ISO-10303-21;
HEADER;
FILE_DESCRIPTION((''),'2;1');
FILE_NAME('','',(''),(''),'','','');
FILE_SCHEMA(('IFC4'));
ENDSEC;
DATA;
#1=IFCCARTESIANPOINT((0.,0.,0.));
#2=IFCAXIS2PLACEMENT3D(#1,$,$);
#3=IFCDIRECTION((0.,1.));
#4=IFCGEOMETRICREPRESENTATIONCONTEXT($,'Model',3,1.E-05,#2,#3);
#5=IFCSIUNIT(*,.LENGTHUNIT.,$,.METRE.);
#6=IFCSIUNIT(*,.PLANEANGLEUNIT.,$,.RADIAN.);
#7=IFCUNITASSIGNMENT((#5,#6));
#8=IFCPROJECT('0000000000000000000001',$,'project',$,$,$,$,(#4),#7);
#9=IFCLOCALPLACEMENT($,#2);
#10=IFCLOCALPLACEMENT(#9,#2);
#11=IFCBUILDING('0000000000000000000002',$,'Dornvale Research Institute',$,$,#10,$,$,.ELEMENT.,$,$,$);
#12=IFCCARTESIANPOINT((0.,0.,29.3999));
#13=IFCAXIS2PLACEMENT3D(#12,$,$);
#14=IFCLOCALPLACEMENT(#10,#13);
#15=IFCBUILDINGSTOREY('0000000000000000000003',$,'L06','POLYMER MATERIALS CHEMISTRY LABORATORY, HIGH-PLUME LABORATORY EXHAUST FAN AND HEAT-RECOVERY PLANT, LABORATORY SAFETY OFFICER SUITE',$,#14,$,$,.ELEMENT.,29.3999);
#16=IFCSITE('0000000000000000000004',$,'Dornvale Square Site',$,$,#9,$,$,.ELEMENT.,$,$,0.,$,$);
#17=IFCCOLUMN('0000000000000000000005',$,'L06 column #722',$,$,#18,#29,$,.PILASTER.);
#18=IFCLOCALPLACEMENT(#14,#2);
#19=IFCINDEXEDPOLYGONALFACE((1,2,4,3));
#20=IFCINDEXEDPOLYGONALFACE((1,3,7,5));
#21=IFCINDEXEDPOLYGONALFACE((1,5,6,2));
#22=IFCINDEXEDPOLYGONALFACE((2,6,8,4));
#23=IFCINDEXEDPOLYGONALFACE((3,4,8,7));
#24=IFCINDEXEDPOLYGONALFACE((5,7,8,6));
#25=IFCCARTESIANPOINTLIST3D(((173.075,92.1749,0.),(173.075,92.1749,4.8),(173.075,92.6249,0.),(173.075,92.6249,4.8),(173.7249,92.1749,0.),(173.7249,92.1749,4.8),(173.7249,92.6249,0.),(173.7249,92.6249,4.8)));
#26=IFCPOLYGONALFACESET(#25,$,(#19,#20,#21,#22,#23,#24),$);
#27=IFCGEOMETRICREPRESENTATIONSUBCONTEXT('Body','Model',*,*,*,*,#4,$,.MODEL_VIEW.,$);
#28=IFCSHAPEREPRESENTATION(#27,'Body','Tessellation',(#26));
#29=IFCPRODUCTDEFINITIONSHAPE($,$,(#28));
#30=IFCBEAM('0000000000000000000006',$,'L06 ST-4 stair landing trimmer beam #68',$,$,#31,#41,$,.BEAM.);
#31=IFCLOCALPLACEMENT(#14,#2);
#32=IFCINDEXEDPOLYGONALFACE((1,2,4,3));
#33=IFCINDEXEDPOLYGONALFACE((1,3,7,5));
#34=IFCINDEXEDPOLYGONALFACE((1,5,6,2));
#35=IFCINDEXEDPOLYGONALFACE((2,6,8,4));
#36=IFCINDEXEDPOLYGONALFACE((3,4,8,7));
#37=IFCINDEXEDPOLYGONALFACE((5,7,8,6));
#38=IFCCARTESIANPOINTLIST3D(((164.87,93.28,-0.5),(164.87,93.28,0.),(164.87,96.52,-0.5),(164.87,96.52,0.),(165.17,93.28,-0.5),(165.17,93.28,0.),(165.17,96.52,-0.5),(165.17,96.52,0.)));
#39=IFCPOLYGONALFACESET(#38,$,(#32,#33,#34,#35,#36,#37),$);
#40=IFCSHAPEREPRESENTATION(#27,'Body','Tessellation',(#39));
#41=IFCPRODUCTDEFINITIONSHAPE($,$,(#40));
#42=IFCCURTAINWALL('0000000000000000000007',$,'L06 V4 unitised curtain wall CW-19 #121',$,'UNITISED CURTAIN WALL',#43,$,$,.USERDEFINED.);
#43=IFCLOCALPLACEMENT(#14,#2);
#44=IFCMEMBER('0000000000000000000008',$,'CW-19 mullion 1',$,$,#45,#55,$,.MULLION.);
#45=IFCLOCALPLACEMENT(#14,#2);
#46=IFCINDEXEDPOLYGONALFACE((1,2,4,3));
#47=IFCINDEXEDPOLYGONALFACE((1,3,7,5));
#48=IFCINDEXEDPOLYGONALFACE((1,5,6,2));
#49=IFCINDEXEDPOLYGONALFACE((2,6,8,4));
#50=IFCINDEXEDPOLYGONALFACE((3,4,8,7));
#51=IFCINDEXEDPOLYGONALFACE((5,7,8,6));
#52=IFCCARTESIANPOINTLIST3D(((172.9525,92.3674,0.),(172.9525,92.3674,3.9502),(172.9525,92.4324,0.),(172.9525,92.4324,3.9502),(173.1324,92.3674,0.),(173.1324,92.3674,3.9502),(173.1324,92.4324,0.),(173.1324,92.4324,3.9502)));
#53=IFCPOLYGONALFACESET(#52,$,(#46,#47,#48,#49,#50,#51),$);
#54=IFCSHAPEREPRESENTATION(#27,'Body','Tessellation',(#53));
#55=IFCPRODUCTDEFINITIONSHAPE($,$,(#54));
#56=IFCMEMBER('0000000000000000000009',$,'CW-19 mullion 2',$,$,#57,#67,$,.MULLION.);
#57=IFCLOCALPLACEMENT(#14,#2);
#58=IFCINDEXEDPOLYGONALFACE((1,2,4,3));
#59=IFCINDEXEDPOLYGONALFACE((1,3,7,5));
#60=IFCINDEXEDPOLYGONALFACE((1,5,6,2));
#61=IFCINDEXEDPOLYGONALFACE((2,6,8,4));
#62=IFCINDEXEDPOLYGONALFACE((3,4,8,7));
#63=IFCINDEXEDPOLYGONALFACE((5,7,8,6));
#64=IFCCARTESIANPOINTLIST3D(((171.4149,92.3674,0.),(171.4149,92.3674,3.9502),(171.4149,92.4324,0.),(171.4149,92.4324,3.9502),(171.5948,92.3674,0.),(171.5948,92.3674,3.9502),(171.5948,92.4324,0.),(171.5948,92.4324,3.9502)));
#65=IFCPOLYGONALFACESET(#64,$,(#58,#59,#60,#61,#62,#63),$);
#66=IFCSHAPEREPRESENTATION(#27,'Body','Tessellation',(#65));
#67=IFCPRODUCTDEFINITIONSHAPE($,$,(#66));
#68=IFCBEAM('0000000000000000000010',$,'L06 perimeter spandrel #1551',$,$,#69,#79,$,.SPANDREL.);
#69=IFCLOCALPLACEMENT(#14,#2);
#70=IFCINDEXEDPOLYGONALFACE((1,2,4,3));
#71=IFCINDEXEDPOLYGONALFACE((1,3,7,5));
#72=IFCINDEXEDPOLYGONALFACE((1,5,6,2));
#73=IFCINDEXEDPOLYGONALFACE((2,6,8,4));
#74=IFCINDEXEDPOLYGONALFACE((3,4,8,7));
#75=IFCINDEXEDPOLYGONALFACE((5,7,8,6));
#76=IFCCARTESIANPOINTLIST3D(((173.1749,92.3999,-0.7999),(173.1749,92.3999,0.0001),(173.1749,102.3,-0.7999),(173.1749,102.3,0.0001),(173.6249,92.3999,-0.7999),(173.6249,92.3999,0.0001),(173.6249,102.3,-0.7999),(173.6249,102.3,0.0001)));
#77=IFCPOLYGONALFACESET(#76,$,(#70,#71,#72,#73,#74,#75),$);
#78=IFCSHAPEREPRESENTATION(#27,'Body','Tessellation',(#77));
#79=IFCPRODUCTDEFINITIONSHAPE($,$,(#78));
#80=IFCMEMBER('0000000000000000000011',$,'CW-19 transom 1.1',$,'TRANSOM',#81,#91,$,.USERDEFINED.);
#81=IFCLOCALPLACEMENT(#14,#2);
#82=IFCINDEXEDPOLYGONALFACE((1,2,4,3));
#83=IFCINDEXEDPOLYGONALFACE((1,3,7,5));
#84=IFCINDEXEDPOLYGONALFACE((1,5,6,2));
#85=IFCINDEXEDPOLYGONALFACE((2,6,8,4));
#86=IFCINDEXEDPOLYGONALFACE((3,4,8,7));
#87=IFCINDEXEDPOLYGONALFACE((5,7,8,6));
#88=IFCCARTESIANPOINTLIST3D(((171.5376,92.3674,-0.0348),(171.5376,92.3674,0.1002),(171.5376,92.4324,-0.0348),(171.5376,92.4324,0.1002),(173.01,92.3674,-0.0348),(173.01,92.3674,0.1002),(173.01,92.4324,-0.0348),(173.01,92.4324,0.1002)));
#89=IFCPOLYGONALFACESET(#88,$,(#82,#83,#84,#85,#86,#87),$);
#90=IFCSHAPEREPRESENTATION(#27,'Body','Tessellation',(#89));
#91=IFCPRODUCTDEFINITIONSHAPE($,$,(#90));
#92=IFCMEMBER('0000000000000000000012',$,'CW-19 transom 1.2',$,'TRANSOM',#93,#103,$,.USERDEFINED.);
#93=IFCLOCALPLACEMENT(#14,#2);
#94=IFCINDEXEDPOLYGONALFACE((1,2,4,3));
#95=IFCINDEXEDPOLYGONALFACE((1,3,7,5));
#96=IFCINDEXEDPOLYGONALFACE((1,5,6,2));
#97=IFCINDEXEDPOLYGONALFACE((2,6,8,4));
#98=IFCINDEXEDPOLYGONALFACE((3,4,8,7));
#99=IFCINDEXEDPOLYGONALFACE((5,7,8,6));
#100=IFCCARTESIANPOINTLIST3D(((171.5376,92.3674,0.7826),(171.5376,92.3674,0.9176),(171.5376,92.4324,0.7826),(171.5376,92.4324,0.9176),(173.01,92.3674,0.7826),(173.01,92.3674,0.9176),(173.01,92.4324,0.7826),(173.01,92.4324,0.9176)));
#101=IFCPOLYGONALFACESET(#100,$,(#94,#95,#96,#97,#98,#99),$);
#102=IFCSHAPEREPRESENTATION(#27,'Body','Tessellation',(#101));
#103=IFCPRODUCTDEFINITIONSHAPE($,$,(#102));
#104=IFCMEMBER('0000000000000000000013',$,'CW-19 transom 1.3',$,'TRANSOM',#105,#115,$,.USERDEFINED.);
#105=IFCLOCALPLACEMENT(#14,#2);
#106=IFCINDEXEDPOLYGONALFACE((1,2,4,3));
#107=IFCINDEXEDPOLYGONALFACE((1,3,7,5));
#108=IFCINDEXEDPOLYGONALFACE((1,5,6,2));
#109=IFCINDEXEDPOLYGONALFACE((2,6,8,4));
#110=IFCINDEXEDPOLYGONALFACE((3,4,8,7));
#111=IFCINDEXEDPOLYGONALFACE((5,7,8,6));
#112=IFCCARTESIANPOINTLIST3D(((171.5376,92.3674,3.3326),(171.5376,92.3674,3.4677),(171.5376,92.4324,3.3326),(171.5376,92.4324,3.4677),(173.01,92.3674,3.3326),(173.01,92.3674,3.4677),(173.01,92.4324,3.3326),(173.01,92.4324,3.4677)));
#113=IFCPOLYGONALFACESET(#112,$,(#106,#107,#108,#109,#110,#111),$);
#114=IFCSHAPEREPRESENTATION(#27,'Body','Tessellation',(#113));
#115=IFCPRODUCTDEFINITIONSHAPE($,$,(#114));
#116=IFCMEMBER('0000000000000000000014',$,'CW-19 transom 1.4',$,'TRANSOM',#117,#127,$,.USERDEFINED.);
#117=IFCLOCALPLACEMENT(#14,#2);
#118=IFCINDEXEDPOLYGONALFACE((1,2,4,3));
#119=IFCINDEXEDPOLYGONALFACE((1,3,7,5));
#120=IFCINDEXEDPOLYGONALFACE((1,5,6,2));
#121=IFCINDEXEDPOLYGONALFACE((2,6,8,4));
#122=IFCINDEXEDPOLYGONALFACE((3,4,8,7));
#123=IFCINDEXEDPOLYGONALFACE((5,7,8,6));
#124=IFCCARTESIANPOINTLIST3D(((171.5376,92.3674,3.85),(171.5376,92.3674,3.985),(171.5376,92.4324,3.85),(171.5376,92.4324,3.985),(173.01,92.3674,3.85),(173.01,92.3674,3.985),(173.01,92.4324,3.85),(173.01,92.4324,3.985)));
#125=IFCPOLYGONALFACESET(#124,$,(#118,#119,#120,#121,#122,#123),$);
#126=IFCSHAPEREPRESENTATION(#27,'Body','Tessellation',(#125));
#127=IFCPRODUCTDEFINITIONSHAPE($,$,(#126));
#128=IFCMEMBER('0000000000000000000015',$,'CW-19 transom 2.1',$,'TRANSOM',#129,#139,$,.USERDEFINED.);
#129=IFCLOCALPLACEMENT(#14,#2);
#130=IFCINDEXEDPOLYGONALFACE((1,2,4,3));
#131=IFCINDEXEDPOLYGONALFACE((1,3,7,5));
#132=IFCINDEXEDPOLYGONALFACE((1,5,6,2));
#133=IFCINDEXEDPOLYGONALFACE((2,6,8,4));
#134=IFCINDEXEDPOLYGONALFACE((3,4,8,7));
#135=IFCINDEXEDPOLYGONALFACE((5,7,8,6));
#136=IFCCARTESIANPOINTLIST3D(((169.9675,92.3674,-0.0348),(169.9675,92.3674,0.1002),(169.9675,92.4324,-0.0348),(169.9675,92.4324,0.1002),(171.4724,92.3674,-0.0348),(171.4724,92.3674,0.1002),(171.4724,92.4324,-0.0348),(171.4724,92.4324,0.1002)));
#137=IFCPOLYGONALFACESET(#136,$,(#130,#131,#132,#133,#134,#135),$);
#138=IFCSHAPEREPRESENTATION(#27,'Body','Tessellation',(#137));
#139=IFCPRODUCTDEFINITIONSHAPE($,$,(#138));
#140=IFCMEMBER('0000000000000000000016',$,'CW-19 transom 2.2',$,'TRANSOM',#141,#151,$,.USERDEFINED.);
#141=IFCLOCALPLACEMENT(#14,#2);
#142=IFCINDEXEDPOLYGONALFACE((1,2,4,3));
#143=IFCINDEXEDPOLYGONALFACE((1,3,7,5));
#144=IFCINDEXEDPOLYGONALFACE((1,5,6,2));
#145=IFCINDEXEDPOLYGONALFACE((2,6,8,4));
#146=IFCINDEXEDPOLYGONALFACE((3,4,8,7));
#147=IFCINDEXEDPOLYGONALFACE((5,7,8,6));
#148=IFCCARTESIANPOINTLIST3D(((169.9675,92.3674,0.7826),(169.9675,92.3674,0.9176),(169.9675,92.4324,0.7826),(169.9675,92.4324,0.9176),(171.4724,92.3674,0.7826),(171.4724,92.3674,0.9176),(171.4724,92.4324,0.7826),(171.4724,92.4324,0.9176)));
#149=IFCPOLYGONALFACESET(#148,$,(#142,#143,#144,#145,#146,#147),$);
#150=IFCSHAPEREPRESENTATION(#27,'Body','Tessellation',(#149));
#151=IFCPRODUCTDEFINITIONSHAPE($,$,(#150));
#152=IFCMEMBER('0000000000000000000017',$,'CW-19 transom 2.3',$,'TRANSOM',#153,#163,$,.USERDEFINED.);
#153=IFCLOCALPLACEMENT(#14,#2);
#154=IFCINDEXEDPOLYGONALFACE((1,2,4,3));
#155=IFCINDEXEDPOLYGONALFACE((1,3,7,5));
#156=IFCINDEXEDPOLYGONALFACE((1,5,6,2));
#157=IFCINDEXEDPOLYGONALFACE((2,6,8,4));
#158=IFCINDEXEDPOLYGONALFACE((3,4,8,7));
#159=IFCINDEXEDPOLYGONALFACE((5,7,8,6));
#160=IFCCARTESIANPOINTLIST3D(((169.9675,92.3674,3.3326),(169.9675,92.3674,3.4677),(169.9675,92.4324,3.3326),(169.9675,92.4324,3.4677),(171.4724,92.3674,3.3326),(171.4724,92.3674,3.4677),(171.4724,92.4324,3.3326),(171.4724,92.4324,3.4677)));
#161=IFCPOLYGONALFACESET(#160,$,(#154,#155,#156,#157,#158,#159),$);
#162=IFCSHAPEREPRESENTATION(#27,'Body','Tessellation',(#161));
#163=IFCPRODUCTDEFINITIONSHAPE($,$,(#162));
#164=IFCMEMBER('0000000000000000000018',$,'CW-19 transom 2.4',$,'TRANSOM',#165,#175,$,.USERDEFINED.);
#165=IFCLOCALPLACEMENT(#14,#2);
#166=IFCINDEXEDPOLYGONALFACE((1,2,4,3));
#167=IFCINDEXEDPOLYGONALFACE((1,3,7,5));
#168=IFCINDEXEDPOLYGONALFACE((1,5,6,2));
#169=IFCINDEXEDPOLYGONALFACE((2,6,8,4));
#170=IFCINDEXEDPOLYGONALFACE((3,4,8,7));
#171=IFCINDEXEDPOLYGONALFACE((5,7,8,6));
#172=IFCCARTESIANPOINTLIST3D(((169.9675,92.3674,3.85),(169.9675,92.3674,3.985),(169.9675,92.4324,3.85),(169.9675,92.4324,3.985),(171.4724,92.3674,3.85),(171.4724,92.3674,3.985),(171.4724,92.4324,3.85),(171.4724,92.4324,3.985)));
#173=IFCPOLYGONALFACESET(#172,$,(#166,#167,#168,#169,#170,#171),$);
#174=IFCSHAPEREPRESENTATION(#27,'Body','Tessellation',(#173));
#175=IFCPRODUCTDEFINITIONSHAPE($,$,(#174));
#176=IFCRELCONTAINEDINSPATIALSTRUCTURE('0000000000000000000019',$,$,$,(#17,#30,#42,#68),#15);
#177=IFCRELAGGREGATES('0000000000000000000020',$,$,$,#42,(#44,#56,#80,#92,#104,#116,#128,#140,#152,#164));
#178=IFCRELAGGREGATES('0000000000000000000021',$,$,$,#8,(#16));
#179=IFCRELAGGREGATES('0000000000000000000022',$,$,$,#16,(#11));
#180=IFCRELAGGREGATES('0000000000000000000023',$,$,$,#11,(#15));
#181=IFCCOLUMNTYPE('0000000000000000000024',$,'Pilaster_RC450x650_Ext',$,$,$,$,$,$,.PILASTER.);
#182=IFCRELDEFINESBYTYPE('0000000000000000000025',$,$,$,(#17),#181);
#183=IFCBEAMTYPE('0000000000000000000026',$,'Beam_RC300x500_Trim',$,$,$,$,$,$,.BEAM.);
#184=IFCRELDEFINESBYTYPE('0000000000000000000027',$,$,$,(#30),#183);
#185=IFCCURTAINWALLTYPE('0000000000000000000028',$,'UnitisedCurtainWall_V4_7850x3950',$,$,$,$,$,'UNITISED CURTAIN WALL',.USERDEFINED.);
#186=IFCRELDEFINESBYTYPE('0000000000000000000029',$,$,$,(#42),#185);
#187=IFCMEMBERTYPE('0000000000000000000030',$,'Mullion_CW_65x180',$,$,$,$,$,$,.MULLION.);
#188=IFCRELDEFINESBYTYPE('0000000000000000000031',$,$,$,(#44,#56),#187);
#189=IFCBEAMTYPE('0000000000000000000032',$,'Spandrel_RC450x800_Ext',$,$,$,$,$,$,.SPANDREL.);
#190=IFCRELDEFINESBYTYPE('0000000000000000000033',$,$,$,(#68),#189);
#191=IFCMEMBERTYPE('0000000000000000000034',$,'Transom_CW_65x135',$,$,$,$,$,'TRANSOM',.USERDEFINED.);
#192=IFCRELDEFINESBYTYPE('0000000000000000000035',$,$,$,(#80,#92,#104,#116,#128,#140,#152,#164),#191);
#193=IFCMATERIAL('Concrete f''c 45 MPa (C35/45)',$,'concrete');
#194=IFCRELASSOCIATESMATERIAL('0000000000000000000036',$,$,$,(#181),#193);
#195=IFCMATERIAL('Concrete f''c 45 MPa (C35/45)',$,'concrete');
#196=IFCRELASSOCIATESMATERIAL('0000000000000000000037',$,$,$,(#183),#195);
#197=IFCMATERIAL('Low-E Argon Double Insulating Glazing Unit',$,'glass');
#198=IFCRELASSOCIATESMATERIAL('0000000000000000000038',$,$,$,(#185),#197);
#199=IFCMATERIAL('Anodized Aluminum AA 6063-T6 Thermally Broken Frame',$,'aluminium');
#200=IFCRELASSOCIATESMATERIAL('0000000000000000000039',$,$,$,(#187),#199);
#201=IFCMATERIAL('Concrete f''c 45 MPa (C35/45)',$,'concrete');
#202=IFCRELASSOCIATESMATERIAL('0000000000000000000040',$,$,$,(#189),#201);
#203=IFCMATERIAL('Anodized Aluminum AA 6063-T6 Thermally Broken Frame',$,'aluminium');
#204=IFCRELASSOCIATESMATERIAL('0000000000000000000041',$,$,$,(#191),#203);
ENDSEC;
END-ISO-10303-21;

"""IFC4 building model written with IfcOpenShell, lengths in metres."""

from ifc_helpers import new_model, si_unit, direction, frame, origin, origin_2d, place, context, subcontext, project, spatial, rectangle, extrude, material, material_profile, profile_set, type_object, element, aggregate, save


model = new_model("IFC4")

# Units and contexts
model_context = context("Model", 3, precision=1e-05, world=origin(), true_north=direction((0.0, 1.0)))
body_context = subcontext(model_context, "Body", "Model", "MODEL_VIEW")
ifc_project = project(units=[si_unit("LENGTHUNIT", "METRE"), si_unit("PLANEANGLEUNIT", "RADIAN")], contexts=[model_context])

# Site, building, storey
site_placement = place(None, origin())
site = spatial("IfcSite", under=ifc_project, at=site_placement, Name="Dornvale Square Site", CompositionType="ELEMENT", RefElevation=0.0)
building_placement = place(site_placement, origin())
building = spatial("IfcBuilding", under=site, at=building_placement, Name="Dornvale Research Institute", CompositionType="ELEMENT")
storey_placement = place(building_placement, frame((0.0, 0.0, 29.3999)))
storey = spatial("IfcBuildingStorey", under=building, at=storey_placement, Name="L06", Description="POLYMER MATERIALS CHEMISTRY LABORATORY, HIGH-PLUME LABORATORY EXHAUST FAN AND HEAT-RECOVERY PLANT, LABORATORY SAFETY OFFICER SUITE", CompositionType="ELEMENT", Elevation=29.3999)

# Column
ifc_material_1 = material(Name="Concrete f'c 45 MPa (C35/45)", Category="concrete")
ifc_material_profile_1 = material_profile(ifc_material_1, rectangle(XDim=0.45, YDim=0.6499, at=origin_2d()), Name="RC 450x650")
ifc_profile_set_1 = profile_set([ifc_material_profile_1], Name="Concrete f'c 45 MPa (C35/45)")
column_type = type_object("IfcColumnType", Name="Pilaster_RC450x650_Ext", PredefinedType="PILASTER", material=ifc_profile_set_1)
column_placement = place(storey_placement, frame((173.3999, 92.3999, 0.0), z_axis=(0.0, 0.0, 1.0), x_axis=(0.0, 1.0, 0.0)))
element("IfcColumn", 1, at=column_placement, inside=storey, type_object=column_type, Name="L06 column #722", PredefinedType="PILASTER", context=body_context, shape_type="SweptSolid", body=[
    extrude(rectangle(XDim=0.45, YDim=0.6499, at=origin_2d()), origin(), (0.0, 0.0, 1.0), 4.8),
])

# Beam
ifc_material_2 = material(Name="Concrete f'c 45 MPa (C35/45)", Category="concrete")
ifc_material_profile_2 = material_profile(ifc_material_2, rectangle(XDim=0.3, YDim=0.5, at=origin_2d()), Name="RC 300x500")
ifc_profile_set_2 = profile_set([ifc_material_profile_2], Name="Concrete f'c 45 MPa (C35/45)")
beam_type_1 = type_object("IfcBeamType", Name="Beam_RC300x500_Trim", PredefinedType="BEAM", material=ifc_profile_set_2)
beam_1_placement = place(storey_placement, frame((165.02, 93.28, -0.25), z_axis=(0.0, 1.0, 0.0), x_axis=(-1.0, 0.0, 0.0)))
element("IfcBeam", 2, at=beam_1_placement, inside=storey, type_object=beam_type_1, Name="L06 ST-4 stair landing trimmer beam #68", PredefinedType="BEAM", context=body_context, shape_type="SweptSolid", body=[
    extrude(rectangle(XDim=0.3, YDim=0.5, at=origin_2d()), origin(), (0.0, 0.0, 1.0), 3.24),
])

# Curtain wall, members
ifc_material_3 = material(Name="Low-E Argon Double Insulating Glazing Unit", Category="glass")
curtain_wall_type = type_object("IfcCurtainWallType", Name="UnitisedCurtainWall_V4_7850x3950", ElementType="UNITISED CURTAIN WALL", PredefinedType="USERDEFINED", material=ifc_material_3)
curtain_wall_placement = place(storey_placement, origin())
curtain_wall = element("IfcCurtainWall", 3, at=curtain_wall_placement, inside=storey, type_object=curtain_wall_type, Name="L06 V4 unitised curtain wall CW-19 #121", ObjectType="UNITISED CURTAIN WALL", PredefinedType="USERDEFINED")
ifc_material_4 = material(Name="Anodized Aluminum AA 6063-T6 Thermally Broken Frame", Category="aluminium")
ifc_material_profile_3 = material_profile(ifc_material_4, rectangle(XDim=0.0649, YDim=0.1799, at=origin_2d()), Name="ALU MULLION 65x180")
ifc_profile_set_3 = profile_set([ifc_material_profile_3], Name="Anodized Aluminum AA 6063-T6 Thermally Broken Frame")
member_type_1 = type_object("IfcMemberType", Name="Mullion_CW_65x180", PredefinedType="MULLION", material=ifc_profile_set_3)
member_1_placement = place(storey_placement, frame((173.0425, 92.3999, 0.0), z_axis=(0.0, 0.0, 1.0), x_axis=(0.0, -1.0, 0.0)))
member_1 = element("IfcMember", 4, at=member_1_placement, type_object=member_type_1, Name="CW-19 mullion 1", PredefinedType="MULLION", context=body_context, shape_type="SweptSolid", body=[
    extrude(rectangle(XDim=0.0649, YDim=0.1799, at=origin_2d()), origin(), (0.0, 0.0, 1.0), 3.9502),
])
member_2_placement = place(storey_placement, frame((171.5049, 92.3999, 0.0), z_axis=(0.0, 0.0, 1.0), x_axis=(0.0, -1.0, 0.0)))
member_2 = element("IfcMember", 5, at=member_2_placement, type_object=member_type_1, Name="CW-19 mullion 2", PredefinedType="MULLION", context=body_context, shape_type="SweptSolid", body=[
    extrude(rectangle(XDim=0.0649, YDim=0.1799, at=origin_2d()), origin(), (0.0, 0.0, 1.0), 3.9502),
])

# Beam
ifc_material_5 = material(Name="Concrete f'c 45 MPa (C35/45)", Category="concrete")
ifc_material_profile_4 = material_profile(ifc_material_5, rectangle(XDim=0.45, YDim=0.8, at=origin_2d()), Name="RC 450x800")
ifc_profile_set_4 = profile_set([ifc_material_profile_4], Name="Concrete f'c 45 MPa (C35/45)")
beam_type_2 = type_object("IfcBeamType", Name="Spandrel_RC450x800_Ext", PredefinedType="SPANDREL", material=ifc_profile_set_4)
beam_2_placement = place(storey_placement, frame((173.3999, 92.3999, -0.3999), z_axis=(0.0, 1.0, 0.0), x_axis=(-1.0, 0.0, 0.0)))
element("IfcBeam", 6, at=beam_2_placement, inside=storey, type_object=beam_type_2, Name="L06 perimeter spandrel #1551", PredefinedType="SPANDREL", context=body_context, shape_type="SweptSolid", body=[
    extrude(rectangle(XDim=0.45, YDim=0.8, at=origin_2d()), origin(), (0.0, 0.0, 1.0), 9.9001),
])

# Members
ifc_material_6 = material(Name="Anodized Aluminum AA 6063-T6 Thermally Broken Frame", Category="aluminium")
ifc_material_profile_5 = material_profile(ifc_material_6, rectangle(XDim=0.0649, YDim=0.135, at=origin_2d()), Name="ALU TRANSOM 65x135")
ifc_profile_set_5 = profile_set([ifc_material_profile_5], Name="Anodized Aluminum AA 6063-T6 Thermally Broken Frame")
member_type_2 = type_object("IfcMemberType", Name="Transom_CW_65x135", ElementType="TRANSOM", PredefinedType="USERDEFINED", material=ifc_profile_set_5)
member_3_placement = place(storey_placement, frame((173.01, 92.3999, 0.0327), z_axis=(-1.0, 0.0, 0.0), x_axis=(0.0, -1.0, 0.0)))
member_3 = element("IfcMember", 7, at=member_3_placement, type_object=member_type_2, Name="CW-19 transom 1.1", ObjectType="TRANSOM", PredefinedType="USERDEFINED", context=body_context, shape_type="SweptSolid", body=[
    extrude(rectangle(XDim=0.0649, YDim=0.135, at=origin_2d()), origin(), (0.0, 0.0, 1.0), 1.4724),
])
member_4_placement = place(storey_placement, frame((173.01, 92.3999, 0.8501), z_axis=(-1.0, 0.0, 0.0), x_axis=(0.0, -1.0, 0.0)))
member_4 = element("IfcMember", 8, at=member_4_placement, type_object=member_type_2, Name="CW-19 transom 1.2", ObjectType="TRANSOM", PredefinedType="USERDEFINED", context=body_context, shape_type="SweptSolid", body=[
    extrude(rectangle(XDim=0.0649, YDim=0.135, at=origin_2d()), origin(), (0.0, 0.0, 1.0), 1.4724),
])
member_5_placement = place(storey_placement, frame((173.01, 92.3999, 3.4001), z_axis=(-1.0, 0.0, 0.0), x_axis=(0.0, -1.0, 0.0)))
member_5 = element("IfcMember", 9, at=member_5_placement, type_object=member_type_2, Name="CW-19 transom 1.3", ObjectType="TRANSOM", PredefinedType="USERDEFINED", context=body_context, shape_type="SweptSolid", body=[
    extrude(rectangle(XDim=0.0649, YDim=0.135, at=origin_2d()), origin(), (0.0, 0.0, 1.0), 1.4724),
])
member_6_placement = place(storey_placement, frame((173.01, 92.3999, 3.9175), z_axis=(-1.0, 0.0, 0.0), x_axis=(0.0, -1.0, 0.0)))
member_6 = element("IfcMember", 10, at=member_6_placement, type_object=member_type_2, Name="CW-19 transom 1.4", ObjectType="TRANSOM", PredefinedType="USERDEFINED", context=body_context, shape_type="SweptSolid", body=[
    extrude(rectangle(XDim=0.0649, YDim=0.135, at=origin_2d()), origin(), (0.0, 0.0, 1.0), 1.4724),
])
member_7_placement = place(storey_placement, frame((171.4724, 92.3999, 0.0327), z_axis=(-1.0, 0.0, 0.0), x_axis=(0.0, -1.0, 0.0)))
member_7 = element("IfcMember", 11, at=member_7_placement, type_object=member_type_2, Name="CW-19 transom 2.1", ObjectType="TRANSOM", PredefinedType="USERDEFINED", context=body_context, shape_type="SweptSolid", body=[
    extrude(rectangle(XDim=0.0649, YDim=0.135, at=origin_2d()), origin(), (0.0, 0.0, 1.0), 1.5049),
])
member_8_placement = place(storey_placement, frame((171.4724, 92.3999, 0.8501), z_axis=(-1.0, 0.0, 0.0), x_axis=(0.0, -1.0, 0.0)))
member_8 = element("IfcMember", 12, at=member_8_placement, type_object=member_type_2, Name="CW-19 transom 2.2", ObjectType="TRANSOM", PredefinedType="USERDEFINED", context=body_context, shape_type="SweptSolid", body=[
    extrude(rectangle(XDim=0.0649, YDim=0.135, at=origin_2d()), origin(), (0.0, 0.0, 1.0), 1.5049),
])
member_9_placement = place(storey_placement, frame((171.4724, 92.3999, 3.4001), z_axis=(-1.0, 0.0, 0.0), x_axis=(0.0, -1.0, 0.0)))
member_9 = element("IfcMember", 13, at=member_9_placement, type_object=member_type_2, Name="CW-19 transom 2.3", ObjectType="TRANSOM", PredefinedType="USERDEFINED", context=body_context, shape_type="SweptSolid", body=[
    extrude(rectangle(XDim=0.0649, YDim=0.135, at=origin_2d()), origin(), (0.0, 0.0, 1.0), 1.5049),
])
member_10_placement = place(storey_placement, frame((171.4724, 92.3999, 3.9175), z_axis=(-1.0, 0.0, 0.0), x_axis=(0.0, -1.0, 0.0)))
member_10 = element("IfcMember", 14, at=member_10_placement, type_object=member_type_2, Name="CW-19 transom 2.4", ObjectType="TRANSOM", PredefinedType="USERDEFINED", context=body_context, shape_type="SweptSolid", body=[
    extrude(rectangle(XDim=0.0649, YDim=0.135, at=origin_2d()), origin(), (0.0, 0.0, 1.0), 1.5049),
])

aggregate(curtain_wall, [member_1, member_2, member_3, member_4, member_5, member_6, member_7, member_8, member_9, member_10])

save(model, "model.ifc")
